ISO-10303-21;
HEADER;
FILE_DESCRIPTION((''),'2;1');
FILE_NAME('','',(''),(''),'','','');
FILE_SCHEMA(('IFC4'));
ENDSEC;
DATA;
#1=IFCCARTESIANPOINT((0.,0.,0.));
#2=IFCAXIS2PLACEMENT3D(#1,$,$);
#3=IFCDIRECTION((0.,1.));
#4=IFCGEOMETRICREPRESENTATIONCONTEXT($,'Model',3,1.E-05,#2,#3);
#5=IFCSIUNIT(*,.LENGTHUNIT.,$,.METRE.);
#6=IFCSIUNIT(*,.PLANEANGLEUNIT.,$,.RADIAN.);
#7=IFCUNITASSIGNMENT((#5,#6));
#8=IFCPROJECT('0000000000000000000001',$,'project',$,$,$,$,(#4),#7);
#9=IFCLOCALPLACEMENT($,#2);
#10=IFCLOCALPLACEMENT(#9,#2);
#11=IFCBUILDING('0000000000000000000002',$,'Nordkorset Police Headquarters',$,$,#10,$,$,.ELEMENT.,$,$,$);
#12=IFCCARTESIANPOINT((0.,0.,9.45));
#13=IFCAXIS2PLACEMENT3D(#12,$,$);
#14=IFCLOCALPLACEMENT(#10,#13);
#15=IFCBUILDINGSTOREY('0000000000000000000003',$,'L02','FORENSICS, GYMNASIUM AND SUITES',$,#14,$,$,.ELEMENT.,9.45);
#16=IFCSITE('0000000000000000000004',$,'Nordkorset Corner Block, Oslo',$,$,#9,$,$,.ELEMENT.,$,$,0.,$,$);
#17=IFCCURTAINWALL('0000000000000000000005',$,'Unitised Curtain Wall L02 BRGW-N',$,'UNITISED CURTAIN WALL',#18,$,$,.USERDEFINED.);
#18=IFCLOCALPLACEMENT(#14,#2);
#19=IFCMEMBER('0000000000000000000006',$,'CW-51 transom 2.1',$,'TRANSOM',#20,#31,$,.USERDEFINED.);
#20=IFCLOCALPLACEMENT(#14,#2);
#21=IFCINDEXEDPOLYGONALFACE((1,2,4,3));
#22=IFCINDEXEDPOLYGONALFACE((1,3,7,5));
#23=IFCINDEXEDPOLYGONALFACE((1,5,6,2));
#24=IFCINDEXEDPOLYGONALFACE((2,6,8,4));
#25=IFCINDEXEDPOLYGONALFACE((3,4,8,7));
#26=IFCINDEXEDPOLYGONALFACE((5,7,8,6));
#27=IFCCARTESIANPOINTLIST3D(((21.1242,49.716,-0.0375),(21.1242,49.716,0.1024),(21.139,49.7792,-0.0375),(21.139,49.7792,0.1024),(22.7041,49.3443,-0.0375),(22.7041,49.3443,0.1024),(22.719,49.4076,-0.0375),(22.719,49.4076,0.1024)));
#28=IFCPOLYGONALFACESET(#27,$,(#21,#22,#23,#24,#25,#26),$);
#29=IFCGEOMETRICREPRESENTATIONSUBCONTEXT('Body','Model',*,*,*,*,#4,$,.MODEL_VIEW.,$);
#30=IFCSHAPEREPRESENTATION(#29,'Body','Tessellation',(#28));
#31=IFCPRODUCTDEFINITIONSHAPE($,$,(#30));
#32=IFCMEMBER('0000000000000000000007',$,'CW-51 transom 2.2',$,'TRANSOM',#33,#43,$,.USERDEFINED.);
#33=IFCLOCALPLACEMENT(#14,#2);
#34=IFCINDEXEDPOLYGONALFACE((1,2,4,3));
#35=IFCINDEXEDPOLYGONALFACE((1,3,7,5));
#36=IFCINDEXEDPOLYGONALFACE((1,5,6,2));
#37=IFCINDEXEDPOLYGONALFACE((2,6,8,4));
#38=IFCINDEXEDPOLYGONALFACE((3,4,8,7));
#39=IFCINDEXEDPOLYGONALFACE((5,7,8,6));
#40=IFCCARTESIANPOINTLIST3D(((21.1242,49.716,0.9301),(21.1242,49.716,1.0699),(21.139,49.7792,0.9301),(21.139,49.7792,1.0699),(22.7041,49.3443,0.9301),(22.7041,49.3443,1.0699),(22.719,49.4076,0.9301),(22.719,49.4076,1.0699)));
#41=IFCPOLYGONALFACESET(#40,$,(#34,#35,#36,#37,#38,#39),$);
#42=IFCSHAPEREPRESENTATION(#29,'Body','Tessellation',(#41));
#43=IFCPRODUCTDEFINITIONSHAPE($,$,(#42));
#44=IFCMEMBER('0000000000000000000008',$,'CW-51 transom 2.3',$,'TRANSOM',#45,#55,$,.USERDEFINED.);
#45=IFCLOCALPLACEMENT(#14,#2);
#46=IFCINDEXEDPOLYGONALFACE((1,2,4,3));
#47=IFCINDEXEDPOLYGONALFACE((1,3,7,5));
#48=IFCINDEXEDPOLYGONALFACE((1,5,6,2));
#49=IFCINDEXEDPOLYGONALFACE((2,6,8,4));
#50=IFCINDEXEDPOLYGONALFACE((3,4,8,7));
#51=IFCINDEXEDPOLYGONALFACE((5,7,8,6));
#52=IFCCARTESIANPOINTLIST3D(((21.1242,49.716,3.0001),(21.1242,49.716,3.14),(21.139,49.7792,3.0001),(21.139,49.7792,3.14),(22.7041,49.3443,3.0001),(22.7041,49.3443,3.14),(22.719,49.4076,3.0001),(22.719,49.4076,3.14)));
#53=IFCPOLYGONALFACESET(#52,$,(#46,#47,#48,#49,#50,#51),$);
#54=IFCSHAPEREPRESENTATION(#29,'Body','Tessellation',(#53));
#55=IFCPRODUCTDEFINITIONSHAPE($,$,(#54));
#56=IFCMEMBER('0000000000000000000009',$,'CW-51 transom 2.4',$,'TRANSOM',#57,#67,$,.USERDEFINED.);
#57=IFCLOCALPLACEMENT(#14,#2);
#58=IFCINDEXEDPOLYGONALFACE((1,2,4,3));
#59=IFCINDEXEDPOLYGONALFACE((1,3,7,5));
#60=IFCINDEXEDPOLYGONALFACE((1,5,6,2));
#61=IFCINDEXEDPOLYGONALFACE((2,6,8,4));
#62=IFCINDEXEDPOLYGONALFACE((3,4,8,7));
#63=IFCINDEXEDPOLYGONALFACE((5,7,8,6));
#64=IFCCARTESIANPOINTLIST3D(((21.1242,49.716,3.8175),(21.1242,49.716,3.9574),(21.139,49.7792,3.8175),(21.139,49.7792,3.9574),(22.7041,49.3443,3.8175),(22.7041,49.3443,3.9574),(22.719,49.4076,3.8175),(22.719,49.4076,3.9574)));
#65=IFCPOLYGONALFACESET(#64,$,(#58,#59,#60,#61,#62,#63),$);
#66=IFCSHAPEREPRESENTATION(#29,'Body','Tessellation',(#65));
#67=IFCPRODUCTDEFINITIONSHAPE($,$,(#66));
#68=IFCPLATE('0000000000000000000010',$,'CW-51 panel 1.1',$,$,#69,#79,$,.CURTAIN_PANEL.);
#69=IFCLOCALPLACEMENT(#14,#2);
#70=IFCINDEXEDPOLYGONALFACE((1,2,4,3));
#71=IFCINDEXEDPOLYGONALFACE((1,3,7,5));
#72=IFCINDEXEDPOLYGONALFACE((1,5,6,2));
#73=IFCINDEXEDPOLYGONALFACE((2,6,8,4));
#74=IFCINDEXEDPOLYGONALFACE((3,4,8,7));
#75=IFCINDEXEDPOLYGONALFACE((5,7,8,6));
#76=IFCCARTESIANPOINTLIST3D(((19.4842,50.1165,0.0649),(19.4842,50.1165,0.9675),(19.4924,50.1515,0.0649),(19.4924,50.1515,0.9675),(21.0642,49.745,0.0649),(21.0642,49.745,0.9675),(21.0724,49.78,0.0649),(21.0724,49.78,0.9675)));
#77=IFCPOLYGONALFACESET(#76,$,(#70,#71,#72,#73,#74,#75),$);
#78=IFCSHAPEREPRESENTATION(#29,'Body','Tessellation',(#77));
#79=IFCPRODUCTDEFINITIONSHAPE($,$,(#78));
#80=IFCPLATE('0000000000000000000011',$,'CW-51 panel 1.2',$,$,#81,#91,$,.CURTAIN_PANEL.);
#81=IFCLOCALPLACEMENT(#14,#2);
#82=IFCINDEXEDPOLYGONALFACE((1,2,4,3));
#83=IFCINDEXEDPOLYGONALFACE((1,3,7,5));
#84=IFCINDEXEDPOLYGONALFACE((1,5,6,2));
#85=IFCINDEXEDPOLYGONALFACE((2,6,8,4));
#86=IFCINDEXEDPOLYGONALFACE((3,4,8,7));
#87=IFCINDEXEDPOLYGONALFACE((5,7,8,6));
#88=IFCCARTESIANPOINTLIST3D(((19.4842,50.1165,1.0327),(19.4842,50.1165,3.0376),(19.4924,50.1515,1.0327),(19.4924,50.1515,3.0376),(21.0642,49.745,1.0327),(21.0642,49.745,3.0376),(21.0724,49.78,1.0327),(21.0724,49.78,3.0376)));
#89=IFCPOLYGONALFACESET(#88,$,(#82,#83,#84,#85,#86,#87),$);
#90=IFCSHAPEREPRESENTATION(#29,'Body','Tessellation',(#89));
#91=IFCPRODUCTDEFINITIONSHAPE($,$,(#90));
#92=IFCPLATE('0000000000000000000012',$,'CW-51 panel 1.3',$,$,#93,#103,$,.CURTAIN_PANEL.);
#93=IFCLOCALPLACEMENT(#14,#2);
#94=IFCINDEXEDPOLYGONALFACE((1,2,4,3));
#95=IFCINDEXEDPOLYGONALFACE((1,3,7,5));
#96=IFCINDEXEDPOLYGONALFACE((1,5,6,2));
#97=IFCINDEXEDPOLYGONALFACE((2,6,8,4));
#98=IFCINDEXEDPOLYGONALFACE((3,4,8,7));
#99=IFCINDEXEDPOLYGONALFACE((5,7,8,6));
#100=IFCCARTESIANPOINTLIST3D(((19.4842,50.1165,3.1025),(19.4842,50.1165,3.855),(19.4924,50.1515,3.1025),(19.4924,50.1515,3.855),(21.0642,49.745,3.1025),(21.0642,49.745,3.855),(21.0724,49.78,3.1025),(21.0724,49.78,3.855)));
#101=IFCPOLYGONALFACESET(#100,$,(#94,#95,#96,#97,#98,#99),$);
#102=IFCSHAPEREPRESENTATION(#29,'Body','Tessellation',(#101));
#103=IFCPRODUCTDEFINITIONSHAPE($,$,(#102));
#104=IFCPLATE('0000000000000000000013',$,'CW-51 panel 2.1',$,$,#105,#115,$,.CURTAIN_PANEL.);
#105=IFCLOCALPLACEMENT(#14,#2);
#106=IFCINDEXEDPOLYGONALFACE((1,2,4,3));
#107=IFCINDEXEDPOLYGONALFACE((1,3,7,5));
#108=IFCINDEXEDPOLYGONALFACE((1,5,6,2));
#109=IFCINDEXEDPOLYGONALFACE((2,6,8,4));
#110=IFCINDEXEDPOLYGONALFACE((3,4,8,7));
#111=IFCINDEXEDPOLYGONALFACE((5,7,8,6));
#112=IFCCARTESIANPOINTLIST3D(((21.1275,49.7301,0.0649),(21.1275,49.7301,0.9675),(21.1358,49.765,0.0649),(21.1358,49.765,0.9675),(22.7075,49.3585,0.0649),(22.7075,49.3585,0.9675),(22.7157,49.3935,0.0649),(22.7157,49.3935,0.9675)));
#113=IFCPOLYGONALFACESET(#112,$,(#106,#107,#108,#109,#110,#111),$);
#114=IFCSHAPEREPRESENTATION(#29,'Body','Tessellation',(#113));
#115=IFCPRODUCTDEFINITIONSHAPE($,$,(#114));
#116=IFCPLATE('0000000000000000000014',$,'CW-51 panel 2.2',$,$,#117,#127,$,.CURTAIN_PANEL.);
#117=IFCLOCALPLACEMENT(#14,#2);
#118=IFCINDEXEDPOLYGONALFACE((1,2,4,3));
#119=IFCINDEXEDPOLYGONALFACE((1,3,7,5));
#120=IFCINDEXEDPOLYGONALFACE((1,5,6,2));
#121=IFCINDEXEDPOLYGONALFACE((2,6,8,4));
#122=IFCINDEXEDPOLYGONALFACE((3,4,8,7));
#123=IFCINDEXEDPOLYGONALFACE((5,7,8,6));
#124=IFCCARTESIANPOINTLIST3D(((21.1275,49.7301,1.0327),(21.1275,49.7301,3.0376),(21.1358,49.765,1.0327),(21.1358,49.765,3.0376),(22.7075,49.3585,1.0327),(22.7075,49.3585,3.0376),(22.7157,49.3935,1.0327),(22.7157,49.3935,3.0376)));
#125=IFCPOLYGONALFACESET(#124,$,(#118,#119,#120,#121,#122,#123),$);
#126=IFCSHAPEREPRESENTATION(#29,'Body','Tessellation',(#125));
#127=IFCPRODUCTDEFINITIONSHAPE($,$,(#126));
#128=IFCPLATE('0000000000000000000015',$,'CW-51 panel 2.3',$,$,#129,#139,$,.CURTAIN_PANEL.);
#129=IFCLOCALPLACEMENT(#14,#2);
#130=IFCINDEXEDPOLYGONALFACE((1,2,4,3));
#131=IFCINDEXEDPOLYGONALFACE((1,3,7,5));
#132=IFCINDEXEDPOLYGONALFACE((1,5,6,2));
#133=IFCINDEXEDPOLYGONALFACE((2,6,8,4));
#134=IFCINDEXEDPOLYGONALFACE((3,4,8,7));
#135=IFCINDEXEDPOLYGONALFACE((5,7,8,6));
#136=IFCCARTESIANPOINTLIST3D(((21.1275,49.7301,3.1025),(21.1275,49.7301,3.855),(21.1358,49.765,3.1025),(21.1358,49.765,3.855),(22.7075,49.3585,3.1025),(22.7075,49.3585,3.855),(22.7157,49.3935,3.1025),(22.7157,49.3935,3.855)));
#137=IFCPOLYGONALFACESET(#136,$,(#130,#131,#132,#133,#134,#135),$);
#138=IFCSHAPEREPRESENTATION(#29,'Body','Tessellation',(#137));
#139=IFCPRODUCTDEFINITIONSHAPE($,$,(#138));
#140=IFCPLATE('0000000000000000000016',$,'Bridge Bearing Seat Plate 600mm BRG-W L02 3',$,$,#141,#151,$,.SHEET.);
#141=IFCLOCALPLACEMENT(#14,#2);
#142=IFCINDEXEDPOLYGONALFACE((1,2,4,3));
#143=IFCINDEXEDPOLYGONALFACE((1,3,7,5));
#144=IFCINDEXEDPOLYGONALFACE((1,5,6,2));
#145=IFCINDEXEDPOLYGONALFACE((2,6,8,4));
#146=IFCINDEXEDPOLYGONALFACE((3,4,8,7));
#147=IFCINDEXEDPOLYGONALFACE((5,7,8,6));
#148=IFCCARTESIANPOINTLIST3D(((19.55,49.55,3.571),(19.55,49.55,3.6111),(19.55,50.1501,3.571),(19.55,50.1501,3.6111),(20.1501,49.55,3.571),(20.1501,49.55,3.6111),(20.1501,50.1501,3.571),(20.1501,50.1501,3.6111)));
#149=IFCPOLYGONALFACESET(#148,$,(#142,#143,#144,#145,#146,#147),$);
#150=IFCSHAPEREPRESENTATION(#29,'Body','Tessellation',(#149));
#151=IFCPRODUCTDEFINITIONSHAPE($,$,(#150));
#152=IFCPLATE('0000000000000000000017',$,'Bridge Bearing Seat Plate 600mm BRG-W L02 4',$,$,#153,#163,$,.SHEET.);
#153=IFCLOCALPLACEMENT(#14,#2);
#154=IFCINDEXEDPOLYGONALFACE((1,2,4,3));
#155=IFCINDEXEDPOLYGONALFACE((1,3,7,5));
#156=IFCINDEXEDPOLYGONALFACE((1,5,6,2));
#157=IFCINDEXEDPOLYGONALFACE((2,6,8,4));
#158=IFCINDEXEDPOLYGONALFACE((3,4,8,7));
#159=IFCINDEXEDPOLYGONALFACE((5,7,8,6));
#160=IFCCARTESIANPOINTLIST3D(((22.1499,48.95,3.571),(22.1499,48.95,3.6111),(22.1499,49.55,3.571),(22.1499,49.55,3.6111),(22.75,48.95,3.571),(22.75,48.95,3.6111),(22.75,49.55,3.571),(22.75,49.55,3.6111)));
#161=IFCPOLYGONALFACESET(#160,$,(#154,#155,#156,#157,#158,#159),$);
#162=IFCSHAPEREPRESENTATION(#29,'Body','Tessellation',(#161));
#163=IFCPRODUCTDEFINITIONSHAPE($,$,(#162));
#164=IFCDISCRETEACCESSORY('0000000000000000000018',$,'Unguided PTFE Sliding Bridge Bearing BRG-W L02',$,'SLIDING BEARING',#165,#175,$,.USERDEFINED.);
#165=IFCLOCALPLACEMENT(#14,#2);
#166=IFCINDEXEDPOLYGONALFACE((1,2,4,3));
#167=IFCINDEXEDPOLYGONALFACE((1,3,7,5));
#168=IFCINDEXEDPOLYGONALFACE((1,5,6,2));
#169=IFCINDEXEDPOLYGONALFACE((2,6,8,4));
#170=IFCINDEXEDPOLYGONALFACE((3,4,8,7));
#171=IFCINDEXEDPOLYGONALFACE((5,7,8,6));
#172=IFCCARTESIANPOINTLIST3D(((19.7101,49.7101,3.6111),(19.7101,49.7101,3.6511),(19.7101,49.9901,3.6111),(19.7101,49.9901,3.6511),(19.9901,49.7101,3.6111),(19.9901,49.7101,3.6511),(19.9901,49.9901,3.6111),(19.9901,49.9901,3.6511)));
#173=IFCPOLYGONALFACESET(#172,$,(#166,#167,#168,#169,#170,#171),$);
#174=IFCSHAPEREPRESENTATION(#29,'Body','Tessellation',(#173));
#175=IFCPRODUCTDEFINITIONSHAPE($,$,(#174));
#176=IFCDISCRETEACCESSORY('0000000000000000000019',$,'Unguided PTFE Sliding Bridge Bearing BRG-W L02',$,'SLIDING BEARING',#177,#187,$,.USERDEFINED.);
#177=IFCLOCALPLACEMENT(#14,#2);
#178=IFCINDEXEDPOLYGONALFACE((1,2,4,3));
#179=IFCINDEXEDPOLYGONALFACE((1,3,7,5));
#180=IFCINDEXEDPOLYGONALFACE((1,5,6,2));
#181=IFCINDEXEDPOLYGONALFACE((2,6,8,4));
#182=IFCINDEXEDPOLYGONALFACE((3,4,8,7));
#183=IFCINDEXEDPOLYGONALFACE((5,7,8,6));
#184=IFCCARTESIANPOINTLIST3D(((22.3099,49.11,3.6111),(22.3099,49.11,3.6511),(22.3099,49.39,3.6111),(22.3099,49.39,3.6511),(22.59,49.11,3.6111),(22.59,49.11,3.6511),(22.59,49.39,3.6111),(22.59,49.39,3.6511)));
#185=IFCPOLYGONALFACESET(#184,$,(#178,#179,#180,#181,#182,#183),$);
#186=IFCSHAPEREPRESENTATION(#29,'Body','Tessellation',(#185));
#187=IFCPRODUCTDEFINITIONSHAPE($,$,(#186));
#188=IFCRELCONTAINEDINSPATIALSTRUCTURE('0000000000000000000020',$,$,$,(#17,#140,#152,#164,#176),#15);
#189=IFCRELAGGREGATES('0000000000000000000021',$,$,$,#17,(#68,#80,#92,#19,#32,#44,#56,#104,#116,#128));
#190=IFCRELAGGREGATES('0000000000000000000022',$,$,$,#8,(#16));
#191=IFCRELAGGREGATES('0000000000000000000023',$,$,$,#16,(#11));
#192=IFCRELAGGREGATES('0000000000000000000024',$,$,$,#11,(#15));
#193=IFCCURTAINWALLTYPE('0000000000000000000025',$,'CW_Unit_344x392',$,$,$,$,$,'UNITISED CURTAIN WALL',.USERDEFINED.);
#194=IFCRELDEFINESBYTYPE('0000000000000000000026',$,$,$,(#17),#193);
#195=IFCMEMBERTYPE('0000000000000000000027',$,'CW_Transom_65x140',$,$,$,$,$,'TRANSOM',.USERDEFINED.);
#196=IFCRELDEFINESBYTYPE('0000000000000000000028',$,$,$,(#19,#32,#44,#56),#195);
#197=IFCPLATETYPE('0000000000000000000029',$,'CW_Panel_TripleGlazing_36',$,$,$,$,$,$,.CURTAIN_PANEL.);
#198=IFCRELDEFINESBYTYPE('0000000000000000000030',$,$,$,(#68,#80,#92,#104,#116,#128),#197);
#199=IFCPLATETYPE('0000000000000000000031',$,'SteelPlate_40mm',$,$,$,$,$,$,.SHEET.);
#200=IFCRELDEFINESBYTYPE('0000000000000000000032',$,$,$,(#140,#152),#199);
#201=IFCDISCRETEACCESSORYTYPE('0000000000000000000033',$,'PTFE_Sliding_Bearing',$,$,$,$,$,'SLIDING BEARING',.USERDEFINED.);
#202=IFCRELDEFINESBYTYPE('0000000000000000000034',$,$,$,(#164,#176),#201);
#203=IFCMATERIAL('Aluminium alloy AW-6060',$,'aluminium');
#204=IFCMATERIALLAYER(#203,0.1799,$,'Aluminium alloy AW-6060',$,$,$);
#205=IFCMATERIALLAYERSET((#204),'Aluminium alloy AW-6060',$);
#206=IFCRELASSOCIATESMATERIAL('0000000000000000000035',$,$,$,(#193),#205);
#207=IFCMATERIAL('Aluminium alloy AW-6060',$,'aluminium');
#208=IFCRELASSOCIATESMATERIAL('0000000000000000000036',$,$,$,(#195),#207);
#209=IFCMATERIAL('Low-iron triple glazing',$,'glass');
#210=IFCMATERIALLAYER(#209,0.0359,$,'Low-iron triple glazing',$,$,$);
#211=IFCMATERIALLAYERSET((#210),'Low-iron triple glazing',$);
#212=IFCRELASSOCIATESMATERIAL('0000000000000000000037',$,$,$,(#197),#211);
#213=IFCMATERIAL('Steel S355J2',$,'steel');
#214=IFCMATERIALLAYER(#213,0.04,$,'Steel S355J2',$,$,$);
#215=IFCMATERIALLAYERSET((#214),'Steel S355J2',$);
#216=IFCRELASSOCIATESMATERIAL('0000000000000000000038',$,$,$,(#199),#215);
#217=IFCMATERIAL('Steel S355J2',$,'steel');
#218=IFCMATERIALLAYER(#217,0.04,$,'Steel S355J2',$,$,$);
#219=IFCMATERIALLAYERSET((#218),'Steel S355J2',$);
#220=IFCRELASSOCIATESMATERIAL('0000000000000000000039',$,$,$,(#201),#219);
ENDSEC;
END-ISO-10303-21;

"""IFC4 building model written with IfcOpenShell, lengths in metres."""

from ifc_helpers import new_model, si_unit, direction, frame, origin, origin_2d, place, context, subcontext, project, spatial, rectangle, extrude, material, layer, layer_set, material_profile, profile_set, type_object, element, aggregate, save


model = new_model("IFC4")

# Units and contexts
model_context = context("Model", 3, precision=1e-05, world=origin(), true_north=direction((0.0, 1.0)))
body_context = subcontext(model_context, "Body", "Model", "MODEL_VIEW")
ifc_project = project(units=[si_unit("LENGTHUNIT", "METRE"), si_unit("PLANEANGLEUNIT", "RADIAN")], contexts=[model_context])

# Site, building, storey
site_placement = place(None, origin())
site = spatial("IfcSite", under=ifc_project, at=site_placement, Name="Nordkorset Corner Block, Oslo", CompositionType="ELEMENT", RefElevation=0.0)
building_placement = place(site_placement, origin())
building = spatial("IfcBuilding", under=site, at=building_placement, Name="Nordkorset Police Headquarters", CompositionType="ELEMENT")
storey_placement = place(building_placement, frame((0.0, 0.0, 9.45)))
storey = spatial("IfcBuildingStorey", under=building, at=storey_placement, Name="L02", Description="FORENSICS, GYMNASIUM AND SUITES", CompositionType="ELEMENT", Elevation=9.45)

# Curtain wall, members, plates
ifc_material_1 = material(Name="Aluminium alloy AW-6060", Category="aluminium")
ifc_layer_1 = layer(ifc_material_1, 0.1799, Name="Aluminium alloy AW-6060")
ifc_layer_set_1 = layer_set([ifc_layer_1], Name="Aluminium alloy AW-6060")
curtain_wall_type = type_object("IfcCurtainWallType", Name="CW_Unit_344x392", ElementType="UNITISED CURTAIN WALL", PredefinedType="USERDEFINED", material=ifc_layer_set_1)
curtain_wall_placement = place(storey_placement, origin())
curtain_wall = element("IfcCurtainWall", 1, at=curtain_wall_placement, inside=storey, type_object=curtain_wall_type, Name="Unitised Curtain Wall L02 BRGW-N", ObjectType="UNITISED CURTAIN WALL", PredefinedType="USERDEFINED")
ifc_material_2 = material(Name="Aluminium alloy AW-6060", Category="aluminium")
ifc_material_profile_1 = material_profile(ifc_material_2, rectangle(XDim=0.0649, YDim=0.1399, at=origin_2d()), Name="ALU TRAN 65x140")
ifc_profile_set_1 = profile_set([ifc_material_profile_1], Name="Aluminium alloy AW-6060")
member_type_1 = type_object("IfcMemberType", Name="CW_Transom_65x140", ElementType="TRANSOM", PredefinedType="USERDEFINED", material=ifc_profile_set_1)
member_1_placement = place(storey_placement, frame((21.1316, 49.7476, 0.0325), z_axis=(0.973437, -0.228955, 0.0), x_axis=(0.228955, 0.973437, 0.0)))
member_1 = element("IfcMember", 2, at=member_1_placement, type_object=member_type_1, Name="CW-51 transom 2.1", ObjectType="TRANSOM", PredefinedType="USERDEFINED", context=body_context, shape_type="SweptSolid", body=[
    extrude(rectangle(XDim=0.0649, YDim=0.1399, at=origin_2d()), origin(), (0.0, 0.0, 1.0), 1.623),
])
member_2_placement = place(storey_placement, frame((21.1316, 49.7476, 1.0), z_axis=(0.973437, -0.228955, 0.0), x_axis=(0.228955, 0.973437, 0.0)))
member_2 = element("IfcMember", 3, at=member_2_placement, type_object=member_type_1, Name="CW-51 transom 2.2", ObjectType="TRANSOM", PredefinedType="USERDEFINED", context=body_context, shape_type="SweptSolid", body=[
    extrude(rectangle(XDim=0.0649, YDim=0.1399, at=origin_2d()), origin(), (0.0, 0.0, 1.0), 1.623),
])
member_3_placement = place(storey_placement, frame((21.1316, 49.7476, 3.0701), z_axis=(0.973437, -0.228955, 0.0), x_axis=(0.228955, 0.973437, 0.0)))
member_3 = element("IfcMember", 4, at=member_3_placement, type_object=member_type_1, Name="CW-51 transom 2.3", ObjectType="TRANSOM", PredefinedType="USERDEFINED", context=body_context, shape_type="SweptSolid", body=[
    extrude(rectangle(XDim=0.0649, YDim=0.1399, at=origin_2d()), origin(), (0.0, 0.0, 1.0), 1.623),
])
member_4_placement = place(storey_placement, frame((21.1316, 49.7476, 3.8875), z_axis=(0.973437, -0.228955, 0.0), x_axis=(0.228955, 0.973437, 0.0)))
member_4 = element("IfcMember", 5, at=member_4_placement, type_object=member_type_1, Name="CW-51 transom 2.4", ObjectType="TRANSOM", PredefinedType="USERDEFINED", context=body_context, shape_type="SweptSolid", body=[
    extrude(rectangle(XDim=0.0649, YDim=0.1399, at=origin_2d()), origin(), (0.0, 0.0, 1.0), 1.623),
])
ifc_material_3 = material(Name="Low-iron triple glazing", Category="glass")
ifc_layer_2 = layer(ifc_material_3, 0.0359, Name="Low-iron triple glazing")
ifc_layer_set_2 = layer_set([ifc_layer_2], Name="Low-iron triple glazing")
plate_type_1 = type_object("IfcPlateType", Name="CW_Panel_TripleGlazing_36", PredefinedType="CURTAIN_PANEL", material=ifc_layer_set_2)
plate_1_placement = place(storey_placement, frame((20.2783, 49.9482, 0.0649), z_axis=(0.0, 0.0, 1.0), x_axis=(0.973452, -0.228893, 0.0)))
plate_1 = element("IfcPlate", 6, at=plate_1_placement, type_object=plate_type_1, Name="CW-51 panel 1.1", PredefinedType="CURTAIN_PANEL", context=body_context, shape_type="SweptSolid", body=[
    extrude(rectangle(XDim=1.623, YDim=0.0359, at=origin_2d()), origin(), (0.0, 0.0, 1.0), 0.9026),
])
plate_2_placement = place(storey_placement, frame((20.2783, 49.9482, 1.0327), z_axis=(0.0, 0.0, 1.0), x_axis=(0.973452, -0.228893, 0.0)))
plate_2 = element("IfcPlate", 7, at=plate_2_placement, type_object=plate_type_1, Name="CW-51 panel 1.2", PredefinedType="CURTAIN_PANEL", context=body_context, shape_type="SweptSolid", body=[
    extrude(rectangle(XDim=1.623, YDim=0.0359, at=origin_2d()), origin(), (0.0, 0.0, 1.0), 2.0049),
])
plate_3_placement = place(storey_placement, frame((20.2783, 49.9482, 3.1025), z_axis=(0.0, 0.0, 1.0), x_axis=(0.973452, -0.228893, 0.0)))
plate_3 = element("IfcPlate", 8, at=plate_3_placement, type_object=plate_type_1, Name="CW-51 panel 1.3", PredefinedType="CURTAIN_PANEL", context=body_context, shape_type="SweptSolid", body=[
    extrude(rectangle(XDim=1.623, YDim=0.0359, at=origin_2d()), origin(), (0.0, 0.0, 1.0), 0.7524),
])
plate_4_placement = place(storey_placement, frame((21.9216, 49.5618, 0.0649), z_axis=(0.0, 0.0, 1.0), x_axis=(0.973452, -0.228893, 0.0)))
plate_4 = element("IfcPlate", 9, at=plate_4_placement, type_object=plate_type_1, Name="CW-51 panel 2.1", PredefinedType="CURTAIN_PANEL", context=body_context, shape_type="SweptSolid", body=[
    extrude(rectangle(XDim=1.623, YDim=0.0359, at=origin_2d()), origin(), (0.0, 0.0, 1.0), 0.9026),
])
plate_5_placement = place(storey_placement, frame((21.9216, 49.5618, 1.0327), z_axis=(0.0, 0.0, 1.0), x_axis=(0.973452, -0.228893, 0.0)))
plate_5 = element("IfcPlate", 10, at=plate_5_placement, type_object=plate_type_1, Name="CW-51 panel 2.2", PredefinedType="CURTAIN_PANEL", context=body_context, shape_type="SweptSolid", body=[
    extrude(rectangle(XDim=1.623, YDim=0.0359, at=origin_2d()), origin(), (0.0, 0.0, 1.0), 2.0049),
])
plate_6_placement = place(storey_placement, frame((21.9216, 49.5618, 3.1025), z_axis=(0.0, 0.0, 1.0), x_axis=(0.973452, -0.228893, 0.0)))
plate_6 = element("IfcPlate", 11, at=plate_6_placement, type_object=plate_type_1, Name="CW-51 panel 2.3", PredefinedType="CURTAIN_PANEL", context=body_context, shape_type="SweptSolid", body=[
    extrude(rectangle(XDim=1.623, YDim=0.0359, at=origin_2d()), origin(), (0.0, 0.0, 1.0), 0.7524),
])
aggregate(curtain_wall, [plate_1, plate_2, plate_3, member_1, member_2, member_3, member_4, plate_4, plate_5, plate_6])

# Plates
ifc_material_4 = material(Name="Steel S355J2", Category="steel")
ifc_layer_3 = layer(ifc_material_4, 0.04, Name="Steel S355J2")
ifc_layer_set_3 = layer_set([ifc_layer_3], Name="Steel S355J2")
plate_type_2 = type_object("IfcPlateType", Name="SteelPlate_40mm", PredefinedType="SHEET", material=ifc_layer_set_3)
for number, where, z_axis, x_axis, name in (
    (12, (19.8501, 49.8501, 3.571), (0.0, 0.0, 1.0), (1.0, 0.0, 0.0), "Bridge Bearing Seat Plate 600mm BRG-W L02 3"),
    (13, (22.45, 49.25, 3.571), (0.0, 0.0, 1.0), (1.0, 0.0, 0.0), "Bridge Bearing Seat Plate 600mm BRG-W L02 4"),
):
    element("IfcPlate", number, at=place(storey_placement, frame(where, z_axis=z_axis, x_axis=x_axis)), inside=storey, type_object=plate_type_2, Name=name, PredefinedType="SHEET", context=body_context, shape_type="SweptSolid", body=[
        extrude(rectangle(XDim=0.6001, YDim=0.6001, at=origin_2d()), origin(), (0.0, 0.0, 1.0), 0.04),
    ])

# Discrete accessories
ifc_material_5 = material(Name="Steel S355J2", Category="steel")
ifc_layer_4 = layer(ifc_material_5, 0.04, Name="Steel S355J2")
ifc_layer_set_4 = layer_set([ifc_layer_4], Name="Steel S355J2")
discrete_accessory_type = type_object("IfcDiscreteAccessoryType", Name="PTFE_Sliding_Bearing", ElementType="SLIDING BEARING", PredefinedType="USERDEFINED", material=ifc_layer_set_4)
for number, where, z_axis, x_axis, name in (
    (14, (19.8501, 49.8501, 3.6111), (0.0, 0.0, 1.0), (1.0, 0.0, 0.0), "Unguided PTFE Sliding Bridge Bearing BRG-W L02"),
    (15, (22.45, 49.25, 3.6111), (0.0, 0.0, 1.0), (1.0, 0.0, 0.0), "Unguided PTFE Sliding Bridge Bearing BRG-W L02"),
):
    element("IfcDiscreteAccessory", number, at=place(storey_placement, frame(where, z_axis=z_axis, x_axis=x_axis)), inside=storey, type_object=discrete_accessory_type, Name=name, ObjectType="SLIDING BEARING", PredefinedType="USERDEFINED", context=body_context, shape_type="SweptSolid", body=[
        extrude(rectangle(XDim=0.28, YDim=0.28, at=origin_2d()), origin(), (0.0, 0.0, 1.0), 0.04),
    ])

save(model, "model.ifc")
